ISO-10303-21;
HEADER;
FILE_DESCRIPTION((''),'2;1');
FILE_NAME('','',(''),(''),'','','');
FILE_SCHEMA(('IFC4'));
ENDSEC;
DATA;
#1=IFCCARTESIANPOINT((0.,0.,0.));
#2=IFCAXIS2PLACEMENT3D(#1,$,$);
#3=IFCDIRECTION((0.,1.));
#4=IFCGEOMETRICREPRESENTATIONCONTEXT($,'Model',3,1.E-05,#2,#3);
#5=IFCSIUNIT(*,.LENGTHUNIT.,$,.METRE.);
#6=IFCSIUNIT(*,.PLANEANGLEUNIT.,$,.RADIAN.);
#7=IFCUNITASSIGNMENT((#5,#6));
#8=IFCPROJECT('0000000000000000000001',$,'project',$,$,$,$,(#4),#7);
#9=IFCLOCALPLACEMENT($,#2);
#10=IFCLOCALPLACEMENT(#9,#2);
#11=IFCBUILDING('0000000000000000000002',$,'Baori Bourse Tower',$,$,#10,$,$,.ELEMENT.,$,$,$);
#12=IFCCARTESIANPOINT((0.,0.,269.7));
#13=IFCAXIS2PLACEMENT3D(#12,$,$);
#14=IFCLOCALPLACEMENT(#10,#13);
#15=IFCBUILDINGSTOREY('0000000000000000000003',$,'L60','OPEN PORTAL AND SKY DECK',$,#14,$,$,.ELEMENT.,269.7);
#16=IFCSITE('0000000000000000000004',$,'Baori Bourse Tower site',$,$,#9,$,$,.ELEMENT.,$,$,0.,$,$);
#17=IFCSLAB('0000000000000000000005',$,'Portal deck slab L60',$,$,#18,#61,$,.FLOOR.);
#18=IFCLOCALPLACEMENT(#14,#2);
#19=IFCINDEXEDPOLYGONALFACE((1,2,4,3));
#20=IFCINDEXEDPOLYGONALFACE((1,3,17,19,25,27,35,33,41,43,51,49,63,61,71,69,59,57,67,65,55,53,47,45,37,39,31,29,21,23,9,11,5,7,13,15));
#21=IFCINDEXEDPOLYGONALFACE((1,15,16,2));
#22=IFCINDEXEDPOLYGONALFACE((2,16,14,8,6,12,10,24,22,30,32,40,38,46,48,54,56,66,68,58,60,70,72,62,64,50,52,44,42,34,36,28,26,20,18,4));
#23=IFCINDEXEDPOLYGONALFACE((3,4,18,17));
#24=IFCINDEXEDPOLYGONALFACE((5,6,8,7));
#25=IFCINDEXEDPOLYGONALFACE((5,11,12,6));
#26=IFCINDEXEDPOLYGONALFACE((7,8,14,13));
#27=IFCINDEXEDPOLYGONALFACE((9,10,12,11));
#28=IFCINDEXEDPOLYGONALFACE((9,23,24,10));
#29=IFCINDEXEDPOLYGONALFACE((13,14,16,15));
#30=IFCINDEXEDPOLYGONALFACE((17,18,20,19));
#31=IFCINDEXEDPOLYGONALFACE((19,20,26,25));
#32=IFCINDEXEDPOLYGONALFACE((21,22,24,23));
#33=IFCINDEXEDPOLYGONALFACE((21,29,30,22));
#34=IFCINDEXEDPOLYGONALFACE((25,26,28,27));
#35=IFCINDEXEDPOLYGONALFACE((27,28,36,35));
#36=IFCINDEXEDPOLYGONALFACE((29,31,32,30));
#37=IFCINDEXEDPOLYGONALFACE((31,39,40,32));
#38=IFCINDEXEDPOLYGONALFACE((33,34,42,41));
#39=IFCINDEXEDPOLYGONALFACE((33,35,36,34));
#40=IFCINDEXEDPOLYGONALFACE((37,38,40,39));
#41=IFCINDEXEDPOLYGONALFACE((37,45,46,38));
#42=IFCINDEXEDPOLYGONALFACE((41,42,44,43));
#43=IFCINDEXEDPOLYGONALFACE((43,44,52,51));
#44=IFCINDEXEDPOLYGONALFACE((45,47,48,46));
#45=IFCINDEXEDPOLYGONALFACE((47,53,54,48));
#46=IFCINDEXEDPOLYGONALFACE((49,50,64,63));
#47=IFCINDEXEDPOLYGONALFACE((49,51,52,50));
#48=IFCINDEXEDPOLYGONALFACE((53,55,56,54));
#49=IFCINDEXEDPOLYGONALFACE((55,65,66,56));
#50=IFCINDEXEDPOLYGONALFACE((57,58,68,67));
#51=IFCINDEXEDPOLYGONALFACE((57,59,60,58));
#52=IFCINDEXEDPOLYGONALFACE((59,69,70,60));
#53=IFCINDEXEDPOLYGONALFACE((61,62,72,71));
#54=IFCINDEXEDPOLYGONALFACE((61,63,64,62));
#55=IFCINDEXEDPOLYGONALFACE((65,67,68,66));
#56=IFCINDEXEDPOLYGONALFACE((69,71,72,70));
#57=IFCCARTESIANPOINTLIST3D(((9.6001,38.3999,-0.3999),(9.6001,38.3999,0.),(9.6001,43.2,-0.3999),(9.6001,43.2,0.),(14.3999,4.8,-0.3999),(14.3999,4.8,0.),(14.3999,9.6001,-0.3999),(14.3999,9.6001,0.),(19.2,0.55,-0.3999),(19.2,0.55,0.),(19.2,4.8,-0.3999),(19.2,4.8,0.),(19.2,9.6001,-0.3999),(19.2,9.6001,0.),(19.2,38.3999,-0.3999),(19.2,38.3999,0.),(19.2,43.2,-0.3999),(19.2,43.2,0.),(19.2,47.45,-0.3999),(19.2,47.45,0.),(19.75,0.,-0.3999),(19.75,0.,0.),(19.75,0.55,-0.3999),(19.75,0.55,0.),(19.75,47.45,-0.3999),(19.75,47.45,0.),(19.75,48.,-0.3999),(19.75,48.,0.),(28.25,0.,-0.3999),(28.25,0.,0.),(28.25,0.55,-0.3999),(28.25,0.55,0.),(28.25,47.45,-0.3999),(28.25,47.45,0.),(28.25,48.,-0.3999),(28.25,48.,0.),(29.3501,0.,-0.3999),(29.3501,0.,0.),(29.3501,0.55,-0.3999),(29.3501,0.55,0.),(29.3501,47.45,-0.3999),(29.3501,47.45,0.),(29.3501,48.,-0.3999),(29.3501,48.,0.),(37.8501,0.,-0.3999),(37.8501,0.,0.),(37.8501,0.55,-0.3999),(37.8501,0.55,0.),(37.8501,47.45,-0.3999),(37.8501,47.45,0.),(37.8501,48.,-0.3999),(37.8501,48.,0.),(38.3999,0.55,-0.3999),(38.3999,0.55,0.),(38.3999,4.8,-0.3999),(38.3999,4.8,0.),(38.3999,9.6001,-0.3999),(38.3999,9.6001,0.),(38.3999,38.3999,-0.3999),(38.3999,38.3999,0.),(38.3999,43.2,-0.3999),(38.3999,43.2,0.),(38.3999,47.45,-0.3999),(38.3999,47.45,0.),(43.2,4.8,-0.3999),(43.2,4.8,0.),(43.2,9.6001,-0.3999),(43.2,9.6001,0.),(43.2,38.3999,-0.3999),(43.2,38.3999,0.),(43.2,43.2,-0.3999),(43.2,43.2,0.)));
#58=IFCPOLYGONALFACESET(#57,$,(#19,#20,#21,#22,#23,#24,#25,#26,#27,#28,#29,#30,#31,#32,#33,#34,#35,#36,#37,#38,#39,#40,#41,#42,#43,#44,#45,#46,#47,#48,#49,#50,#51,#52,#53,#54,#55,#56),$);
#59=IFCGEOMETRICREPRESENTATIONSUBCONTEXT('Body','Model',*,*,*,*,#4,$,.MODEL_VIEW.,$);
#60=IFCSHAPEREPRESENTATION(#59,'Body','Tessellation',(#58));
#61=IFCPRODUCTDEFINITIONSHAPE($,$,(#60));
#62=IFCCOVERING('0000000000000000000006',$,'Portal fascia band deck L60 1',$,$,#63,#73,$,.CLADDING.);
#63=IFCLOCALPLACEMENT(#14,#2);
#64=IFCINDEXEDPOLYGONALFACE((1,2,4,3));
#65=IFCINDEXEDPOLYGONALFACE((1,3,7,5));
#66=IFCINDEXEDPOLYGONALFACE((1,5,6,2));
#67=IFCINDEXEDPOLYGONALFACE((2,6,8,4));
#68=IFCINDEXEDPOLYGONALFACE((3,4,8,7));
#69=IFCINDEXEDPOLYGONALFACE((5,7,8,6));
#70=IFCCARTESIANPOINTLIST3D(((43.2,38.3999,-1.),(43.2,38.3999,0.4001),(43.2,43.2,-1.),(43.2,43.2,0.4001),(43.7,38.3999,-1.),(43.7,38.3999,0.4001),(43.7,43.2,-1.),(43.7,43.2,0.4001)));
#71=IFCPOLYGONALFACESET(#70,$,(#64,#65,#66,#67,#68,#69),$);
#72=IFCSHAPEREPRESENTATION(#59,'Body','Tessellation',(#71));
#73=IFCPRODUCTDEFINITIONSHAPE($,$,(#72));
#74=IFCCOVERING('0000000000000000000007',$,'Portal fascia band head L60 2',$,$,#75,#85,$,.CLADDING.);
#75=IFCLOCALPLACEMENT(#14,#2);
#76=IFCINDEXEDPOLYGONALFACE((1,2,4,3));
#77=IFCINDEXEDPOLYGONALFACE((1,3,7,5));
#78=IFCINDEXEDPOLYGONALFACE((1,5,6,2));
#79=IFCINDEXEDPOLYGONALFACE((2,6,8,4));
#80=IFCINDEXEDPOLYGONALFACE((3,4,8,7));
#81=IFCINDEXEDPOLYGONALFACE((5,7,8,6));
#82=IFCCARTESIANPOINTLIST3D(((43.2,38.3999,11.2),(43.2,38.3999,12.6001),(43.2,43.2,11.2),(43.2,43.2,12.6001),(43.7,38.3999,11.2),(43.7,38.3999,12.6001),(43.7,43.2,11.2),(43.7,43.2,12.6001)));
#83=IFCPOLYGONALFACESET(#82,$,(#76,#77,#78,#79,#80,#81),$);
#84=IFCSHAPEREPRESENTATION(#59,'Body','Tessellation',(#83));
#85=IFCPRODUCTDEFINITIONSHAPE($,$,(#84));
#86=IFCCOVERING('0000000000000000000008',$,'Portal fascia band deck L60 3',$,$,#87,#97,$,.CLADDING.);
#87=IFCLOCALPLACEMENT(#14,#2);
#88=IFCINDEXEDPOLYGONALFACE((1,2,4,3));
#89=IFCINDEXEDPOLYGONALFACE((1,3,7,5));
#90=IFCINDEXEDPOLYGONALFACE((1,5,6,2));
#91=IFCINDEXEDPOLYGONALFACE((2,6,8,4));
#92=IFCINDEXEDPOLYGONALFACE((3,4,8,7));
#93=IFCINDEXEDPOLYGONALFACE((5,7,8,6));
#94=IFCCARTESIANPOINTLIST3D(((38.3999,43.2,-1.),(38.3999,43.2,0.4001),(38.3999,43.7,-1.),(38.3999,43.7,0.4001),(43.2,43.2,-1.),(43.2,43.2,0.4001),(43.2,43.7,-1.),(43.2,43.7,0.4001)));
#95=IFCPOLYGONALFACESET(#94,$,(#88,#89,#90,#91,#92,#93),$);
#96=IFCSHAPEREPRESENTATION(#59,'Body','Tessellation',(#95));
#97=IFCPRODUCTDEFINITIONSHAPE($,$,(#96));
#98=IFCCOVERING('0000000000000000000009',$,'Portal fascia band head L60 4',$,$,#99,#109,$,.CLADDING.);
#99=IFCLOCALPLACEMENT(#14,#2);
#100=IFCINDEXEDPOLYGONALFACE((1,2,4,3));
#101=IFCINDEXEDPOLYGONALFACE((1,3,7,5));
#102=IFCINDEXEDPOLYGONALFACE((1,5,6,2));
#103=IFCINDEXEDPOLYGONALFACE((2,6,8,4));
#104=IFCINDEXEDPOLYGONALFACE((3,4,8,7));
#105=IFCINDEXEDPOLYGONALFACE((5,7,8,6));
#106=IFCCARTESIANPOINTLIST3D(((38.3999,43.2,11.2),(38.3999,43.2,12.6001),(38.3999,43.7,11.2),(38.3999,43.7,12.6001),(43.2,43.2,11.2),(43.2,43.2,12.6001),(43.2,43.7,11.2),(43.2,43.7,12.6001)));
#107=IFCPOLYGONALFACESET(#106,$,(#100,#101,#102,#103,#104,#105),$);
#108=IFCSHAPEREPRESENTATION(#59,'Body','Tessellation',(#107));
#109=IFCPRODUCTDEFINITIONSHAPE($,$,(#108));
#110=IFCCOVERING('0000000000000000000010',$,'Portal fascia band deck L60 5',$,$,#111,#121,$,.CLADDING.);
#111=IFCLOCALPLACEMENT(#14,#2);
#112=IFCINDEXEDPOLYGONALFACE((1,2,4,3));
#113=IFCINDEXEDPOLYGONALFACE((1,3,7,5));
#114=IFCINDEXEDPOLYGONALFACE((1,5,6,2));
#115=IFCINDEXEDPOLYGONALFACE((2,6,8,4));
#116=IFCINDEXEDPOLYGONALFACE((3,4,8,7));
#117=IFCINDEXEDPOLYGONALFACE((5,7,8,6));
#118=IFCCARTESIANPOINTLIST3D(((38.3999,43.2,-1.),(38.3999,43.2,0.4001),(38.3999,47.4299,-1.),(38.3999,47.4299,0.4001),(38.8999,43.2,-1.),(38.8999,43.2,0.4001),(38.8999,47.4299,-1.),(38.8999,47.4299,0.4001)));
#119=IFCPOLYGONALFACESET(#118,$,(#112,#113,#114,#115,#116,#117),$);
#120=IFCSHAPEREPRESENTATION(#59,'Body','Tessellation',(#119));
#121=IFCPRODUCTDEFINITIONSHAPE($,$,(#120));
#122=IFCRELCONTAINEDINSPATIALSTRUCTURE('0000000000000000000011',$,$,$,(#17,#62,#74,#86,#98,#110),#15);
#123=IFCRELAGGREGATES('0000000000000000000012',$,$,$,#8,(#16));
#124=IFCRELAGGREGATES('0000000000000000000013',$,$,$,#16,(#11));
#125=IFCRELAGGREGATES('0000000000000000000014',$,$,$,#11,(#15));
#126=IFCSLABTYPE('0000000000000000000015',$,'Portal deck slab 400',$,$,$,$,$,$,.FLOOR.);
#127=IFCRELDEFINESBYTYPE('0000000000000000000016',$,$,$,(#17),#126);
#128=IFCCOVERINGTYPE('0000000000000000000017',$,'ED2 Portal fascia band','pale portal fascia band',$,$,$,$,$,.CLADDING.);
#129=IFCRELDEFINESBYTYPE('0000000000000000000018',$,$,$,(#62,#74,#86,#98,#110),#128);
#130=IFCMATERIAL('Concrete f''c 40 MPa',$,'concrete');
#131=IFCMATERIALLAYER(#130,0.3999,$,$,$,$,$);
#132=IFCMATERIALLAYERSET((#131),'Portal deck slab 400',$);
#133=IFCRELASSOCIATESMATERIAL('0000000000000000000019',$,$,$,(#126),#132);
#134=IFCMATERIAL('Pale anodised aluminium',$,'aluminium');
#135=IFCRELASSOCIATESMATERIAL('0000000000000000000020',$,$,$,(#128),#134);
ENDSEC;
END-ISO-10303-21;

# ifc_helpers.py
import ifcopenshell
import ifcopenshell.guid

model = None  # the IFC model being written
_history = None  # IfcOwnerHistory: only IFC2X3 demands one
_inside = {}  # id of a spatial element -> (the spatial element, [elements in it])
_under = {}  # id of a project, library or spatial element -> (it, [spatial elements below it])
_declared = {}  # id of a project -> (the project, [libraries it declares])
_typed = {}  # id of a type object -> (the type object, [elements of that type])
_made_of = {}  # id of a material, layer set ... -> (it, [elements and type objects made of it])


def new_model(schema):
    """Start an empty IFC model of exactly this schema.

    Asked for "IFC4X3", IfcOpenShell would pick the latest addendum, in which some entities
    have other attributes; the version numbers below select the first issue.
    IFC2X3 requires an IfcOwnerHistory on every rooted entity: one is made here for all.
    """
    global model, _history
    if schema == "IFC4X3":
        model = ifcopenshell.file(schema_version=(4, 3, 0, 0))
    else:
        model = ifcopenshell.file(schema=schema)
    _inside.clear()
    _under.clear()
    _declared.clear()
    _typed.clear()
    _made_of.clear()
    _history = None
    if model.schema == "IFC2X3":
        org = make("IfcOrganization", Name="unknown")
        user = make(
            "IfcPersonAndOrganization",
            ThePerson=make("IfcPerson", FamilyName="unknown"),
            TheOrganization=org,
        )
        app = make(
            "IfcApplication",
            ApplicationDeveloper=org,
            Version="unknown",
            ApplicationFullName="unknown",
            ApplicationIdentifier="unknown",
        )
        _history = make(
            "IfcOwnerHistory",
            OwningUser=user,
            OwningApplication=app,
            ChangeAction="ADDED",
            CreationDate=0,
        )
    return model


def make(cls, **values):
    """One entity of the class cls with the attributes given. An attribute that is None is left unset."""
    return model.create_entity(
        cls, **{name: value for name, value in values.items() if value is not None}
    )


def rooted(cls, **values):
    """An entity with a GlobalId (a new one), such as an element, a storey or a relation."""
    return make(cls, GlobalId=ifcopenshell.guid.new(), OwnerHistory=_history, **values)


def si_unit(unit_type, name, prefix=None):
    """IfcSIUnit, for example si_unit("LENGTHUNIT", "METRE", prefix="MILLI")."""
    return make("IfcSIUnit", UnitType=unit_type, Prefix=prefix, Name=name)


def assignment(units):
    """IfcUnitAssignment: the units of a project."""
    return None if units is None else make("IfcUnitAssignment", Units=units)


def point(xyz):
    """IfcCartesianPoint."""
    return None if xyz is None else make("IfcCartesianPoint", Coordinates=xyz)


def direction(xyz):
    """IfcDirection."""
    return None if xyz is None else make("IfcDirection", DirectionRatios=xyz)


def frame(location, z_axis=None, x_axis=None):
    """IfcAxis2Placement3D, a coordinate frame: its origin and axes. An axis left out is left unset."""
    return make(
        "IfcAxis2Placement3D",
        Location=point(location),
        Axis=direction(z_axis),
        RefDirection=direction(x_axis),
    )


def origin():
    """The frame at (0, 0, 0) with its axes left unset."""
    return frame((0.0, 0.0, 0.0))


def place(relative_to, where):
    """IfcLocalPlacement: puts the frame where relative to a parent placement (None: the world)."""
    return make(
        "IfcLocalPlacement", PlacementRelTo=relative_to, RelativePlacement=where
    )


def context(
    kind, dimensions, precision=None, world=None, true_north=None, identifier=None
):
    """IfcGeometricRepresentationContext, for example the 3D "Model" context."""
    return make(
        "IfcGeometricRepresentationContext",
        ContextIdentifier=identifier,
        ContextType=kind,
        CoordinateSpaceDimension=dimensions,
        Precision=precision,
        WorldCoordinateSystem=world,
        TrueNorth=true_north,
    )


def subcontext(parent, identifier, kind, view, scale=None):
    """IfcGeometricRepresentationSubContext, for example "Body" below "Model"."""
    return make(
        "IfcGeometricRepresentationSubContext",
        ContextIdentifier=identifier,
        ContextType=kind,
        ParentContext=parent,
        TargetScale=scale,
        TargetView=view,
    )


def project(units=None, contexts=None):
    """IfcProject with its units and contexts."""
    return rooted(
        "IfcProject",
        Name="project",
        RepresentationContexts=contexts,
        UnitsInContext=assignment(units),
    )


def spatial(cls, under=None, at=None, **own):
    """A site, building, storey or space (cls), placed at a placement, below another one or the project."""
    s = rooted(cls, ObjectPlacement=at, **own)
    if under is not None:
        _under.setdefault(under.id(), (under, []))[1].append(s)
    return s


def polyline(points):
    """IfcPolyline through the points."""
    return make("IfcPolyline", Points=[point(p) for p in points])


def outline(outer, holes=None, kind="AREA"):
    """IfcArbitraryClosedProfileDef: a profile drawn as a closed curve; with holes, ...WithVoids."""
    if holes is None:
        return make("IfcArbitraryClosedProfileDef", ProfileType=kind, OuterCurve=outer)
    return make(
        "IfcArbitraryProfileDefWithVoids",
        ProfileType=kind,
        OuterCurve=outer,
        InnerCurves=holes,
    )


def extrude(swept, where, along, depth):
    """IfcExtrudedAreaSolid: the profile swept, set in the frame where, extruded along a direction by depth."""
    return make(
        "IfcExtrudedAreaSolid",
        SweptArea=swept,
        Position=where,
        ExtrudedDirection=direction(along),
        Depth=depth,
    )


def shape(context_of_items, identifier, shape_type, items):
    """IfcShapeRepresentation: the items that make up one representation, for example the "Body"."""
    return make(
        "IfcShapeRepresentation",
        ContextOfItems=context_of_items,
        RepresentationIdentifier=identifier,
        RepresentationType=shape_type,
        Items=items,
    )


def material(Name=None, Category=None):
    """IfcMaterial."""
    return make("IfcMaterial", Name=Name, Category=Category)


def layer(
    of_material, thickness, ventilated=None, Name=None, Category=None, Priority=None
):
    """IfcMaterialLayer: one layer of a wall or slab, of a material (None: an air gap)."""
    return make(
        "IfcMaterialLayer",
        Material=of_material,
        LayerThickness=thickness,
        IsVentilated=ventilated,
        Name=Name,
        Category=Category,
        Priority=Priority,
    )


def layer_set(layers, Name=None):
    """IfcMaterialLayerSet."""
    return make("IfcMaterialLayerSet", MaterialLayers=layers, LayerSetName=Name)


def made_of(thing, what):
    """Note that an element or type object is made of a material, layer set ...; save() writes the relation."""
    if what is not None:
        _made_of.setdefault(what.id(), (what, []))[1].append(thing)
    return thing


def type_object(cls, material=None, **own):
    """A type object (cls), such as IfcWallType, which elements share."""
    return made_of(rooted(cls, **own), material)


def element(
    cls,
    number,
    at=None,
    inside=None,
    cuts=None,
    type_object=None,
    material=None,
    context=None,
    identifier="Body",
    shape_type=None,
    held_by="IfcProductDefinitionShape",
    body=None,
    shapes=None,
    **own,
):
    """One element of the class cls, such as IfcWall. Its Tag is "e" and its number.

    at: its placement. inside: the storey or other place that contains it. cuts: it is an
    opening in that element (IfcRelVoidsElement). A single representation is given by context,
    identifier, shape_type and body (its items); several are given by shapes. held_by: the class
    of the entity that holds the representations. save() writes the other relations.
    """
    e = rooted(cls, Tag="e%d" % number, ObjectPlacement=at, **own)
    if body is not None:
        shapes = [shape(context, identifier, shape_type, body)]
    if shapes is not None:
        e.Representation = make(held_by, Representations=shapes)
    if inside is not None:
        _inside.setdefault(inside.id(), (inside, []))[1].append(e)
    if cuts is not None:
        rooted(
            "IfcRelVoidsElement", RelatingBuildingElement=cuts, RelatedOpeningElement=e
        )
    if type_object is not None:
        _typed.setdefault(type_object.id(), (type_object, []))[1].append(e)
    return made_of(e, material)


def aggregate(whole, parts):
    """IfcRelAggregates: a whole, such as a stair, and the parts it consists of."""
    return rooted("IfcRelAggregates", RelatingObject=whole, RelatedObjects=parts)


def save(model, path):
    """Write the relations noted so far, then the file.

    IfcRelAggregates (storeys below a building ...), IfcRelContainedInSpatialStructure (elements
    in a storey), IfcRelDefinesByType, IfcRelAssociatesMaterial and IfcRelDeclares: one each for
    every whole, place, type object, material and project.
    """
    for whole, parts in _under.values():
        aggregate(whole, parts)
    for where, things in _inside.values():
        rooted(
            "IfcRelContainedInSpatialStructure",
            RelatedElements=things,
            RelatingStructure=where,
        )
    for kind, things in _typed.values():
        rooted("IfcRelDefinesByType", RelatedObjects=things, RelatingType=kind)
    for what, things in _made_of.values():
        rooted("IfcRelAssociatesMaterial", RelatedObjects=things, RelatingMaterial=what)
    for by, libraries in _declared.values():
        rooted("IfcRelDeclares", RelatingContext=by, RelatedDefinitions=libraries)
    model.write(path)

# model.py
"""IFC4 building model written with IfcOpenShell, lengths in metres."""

from ifc_helpers import new_model, si_unit, direction, frame, origin, place, context, subcontext, project, spatial, polyline, outline, extrude, material, layer, layer_set, type_object, element, save


model = new_model("IFC4")

# Units and contexts
model_context = context("Model", 3, precision=1e-05, world=origin(), true_north=direction((0.0, 1.0)))
body_context = subcontext(model_context, "Body", "Model", "MODEL_VIEW")
ifc_project = project(units=[si_unit("LENGTHUNIT", "METRE"), si_unit("PLANEANGLEUNIT", "RADIAN")], contexts=[model_context])

# Site, building, storey
site_placement = place(None, origin())
site = spatial("IfcSite", under=ifc_project, at=site_placement, Name="Baori Bourse Tower site", CompositionType="ELEMENT", RefElevation=0.0)
building_placement = place(site_placement, origin())
building = spatial("IfcBuilding", under=site, at=building_placement, Name="Baori Bourse Tower", CompositionType="ELEMENT")
storey_placement = place(building_placement, frame((0.0, 0.0, 269.7)))
storey = spatial("IfcBuildingStorey", under=building, at=storey_placement, Name="L60", Description="OPEN PORTAL AND SKY DECK", CompositionType="ELEMENT", Elevation=269.7)

# Slab
ifc_material_1 = material(Name="Concrete f'c 40 MPa", Category="concrete")
ifc_layer_1 = layer(ifc_material_1, 0.3999)
ifc_layer_set_1 = layer_set([ifc_layer_1], Name="Portal deck slab 400")
slab_type_1 = type_object("IfcSlabType", Name="Portal deck slab 400", PredefinedType="FLOOR", material=ifc_layer_set_1)
slab_1_placement = place(storey_placement, frame((0.0, 0.0, -0.3999)))
element("IfcSlab", 1, at=slab_1_placement, inside=storey, type_object=slab_type_1, Name="Portal deck slab L60", PredefinedType="FLOOR", context=body_context, shape_type="SweptSolid", body=[
    extrude(outline(polyline([(19.2, 4.8), (14.3999, 4.8), (14.3999, 9.6001), (19.2, 9.6001), (19.2, 38.3999), (9.6001, 38.3999), (9.6001, 43.2), (19.2, 43.2), (19.2, 47.45), (19.75, 47.45), (19.75, 48.0), (28.25, 48.0), (28.25, 47.45), (29.3501, 47.45), (29.3501, 48.0), (37.8501, 48.0), (37.8501, 47.45), (38.3999, 47.45), (38.3999, 43.2), (43.2, 43.2), (43.2, 38.3999), (38.3999, 38.3999), (38.3999, 9.6001), (43.2, 9.6001), (43.2, 4.8), (38.3999, 4.8), (38.3999, 0.55), (37.8501, 0.55), (37.8501, 0.0), (29.3501, 0.0), (29.3501, 0.55), (28.25, 0.55), (28.25, 0.0), (19.75, 0.0), (19.75, 0.55), (19.2, 0.55), (19.2, 4.8)])), origin(), (0.0, 0.0, 1.0), 0.3999),
])

# Coverings
ifc_material_2 = material(Name="Pale anodised aluminium", Category="aluminium")
covering_type = type_object("IfcCoveringType", Name="ED2 Portal fascia band", Description="pale portal fascia band", PredefinedType="CLADDING", material=ifc_material_2)
for number, where, name in (
    (2, (0.0, 0.0, -1.0), "Portal fascia band deck L60 1"),
    (3, (0.0, 0.0, 11.2), "Portal fascia band head L60 2"),
):
    element("IfcCovering", number, at=place(storey_placement, frame(where)), inside=storey, type_object=covering_type, Name=name, PredefinedType="CLADDING", context=body_context, shape_type="SweptSolid", body=[
        extrude(outline(polyline([(43.2, 43.2), (43.2, 38.3999), (43.7, 38.3999), (43.7, 43.2), (43.2, 43.2)])), origin(), (0.0, 0.0, 1.0), 1.4001),
    ])
for number, where, name in (
    (4, (0.0, 0.0, -1.0), "Portal fascia band deck L60 3"),
    (5, (0.0, 0.0, 11.2), "Portal fascia band head L60 4"),
):
    element("IfcCovering", number, at=place(storey_placement, frame(where)), inside=storey, type_object=covering_type, Name=name, PredefinedType="CLADDING", context=body_context, shape_type="SweptSolid", body=[
        extrude(outline(polyline([(38.3999, 43.2), (43.2, 43.2), (43.2, 43.7), (38.3999, 43.7), (38.3999, 43.2)])), origin(), (0.0, 0.0, 1.0), 1.4001),
    ])
covering_placement = place(storey_placement, frame((0.0, 0.0, -1.0)))
element("IfcCovering", 6, at=covering_placement, inside=storey, type_object=covering_type, Name="Portal fascia band deck L60 5", PredefinedType="CLADDING", context=body_context, shape_type="SweptSolid", body=[
    extrude(outline(polyline([(38.3999, 47.4299), (38.3999, 43.2), (38.8999, 43.2), (38.8999, 47.4299), (38.3999, 47.4299)])), origin(), (0.0, 0.0, 1.0), 1.4001),
])

save(model, "model.ifc")
